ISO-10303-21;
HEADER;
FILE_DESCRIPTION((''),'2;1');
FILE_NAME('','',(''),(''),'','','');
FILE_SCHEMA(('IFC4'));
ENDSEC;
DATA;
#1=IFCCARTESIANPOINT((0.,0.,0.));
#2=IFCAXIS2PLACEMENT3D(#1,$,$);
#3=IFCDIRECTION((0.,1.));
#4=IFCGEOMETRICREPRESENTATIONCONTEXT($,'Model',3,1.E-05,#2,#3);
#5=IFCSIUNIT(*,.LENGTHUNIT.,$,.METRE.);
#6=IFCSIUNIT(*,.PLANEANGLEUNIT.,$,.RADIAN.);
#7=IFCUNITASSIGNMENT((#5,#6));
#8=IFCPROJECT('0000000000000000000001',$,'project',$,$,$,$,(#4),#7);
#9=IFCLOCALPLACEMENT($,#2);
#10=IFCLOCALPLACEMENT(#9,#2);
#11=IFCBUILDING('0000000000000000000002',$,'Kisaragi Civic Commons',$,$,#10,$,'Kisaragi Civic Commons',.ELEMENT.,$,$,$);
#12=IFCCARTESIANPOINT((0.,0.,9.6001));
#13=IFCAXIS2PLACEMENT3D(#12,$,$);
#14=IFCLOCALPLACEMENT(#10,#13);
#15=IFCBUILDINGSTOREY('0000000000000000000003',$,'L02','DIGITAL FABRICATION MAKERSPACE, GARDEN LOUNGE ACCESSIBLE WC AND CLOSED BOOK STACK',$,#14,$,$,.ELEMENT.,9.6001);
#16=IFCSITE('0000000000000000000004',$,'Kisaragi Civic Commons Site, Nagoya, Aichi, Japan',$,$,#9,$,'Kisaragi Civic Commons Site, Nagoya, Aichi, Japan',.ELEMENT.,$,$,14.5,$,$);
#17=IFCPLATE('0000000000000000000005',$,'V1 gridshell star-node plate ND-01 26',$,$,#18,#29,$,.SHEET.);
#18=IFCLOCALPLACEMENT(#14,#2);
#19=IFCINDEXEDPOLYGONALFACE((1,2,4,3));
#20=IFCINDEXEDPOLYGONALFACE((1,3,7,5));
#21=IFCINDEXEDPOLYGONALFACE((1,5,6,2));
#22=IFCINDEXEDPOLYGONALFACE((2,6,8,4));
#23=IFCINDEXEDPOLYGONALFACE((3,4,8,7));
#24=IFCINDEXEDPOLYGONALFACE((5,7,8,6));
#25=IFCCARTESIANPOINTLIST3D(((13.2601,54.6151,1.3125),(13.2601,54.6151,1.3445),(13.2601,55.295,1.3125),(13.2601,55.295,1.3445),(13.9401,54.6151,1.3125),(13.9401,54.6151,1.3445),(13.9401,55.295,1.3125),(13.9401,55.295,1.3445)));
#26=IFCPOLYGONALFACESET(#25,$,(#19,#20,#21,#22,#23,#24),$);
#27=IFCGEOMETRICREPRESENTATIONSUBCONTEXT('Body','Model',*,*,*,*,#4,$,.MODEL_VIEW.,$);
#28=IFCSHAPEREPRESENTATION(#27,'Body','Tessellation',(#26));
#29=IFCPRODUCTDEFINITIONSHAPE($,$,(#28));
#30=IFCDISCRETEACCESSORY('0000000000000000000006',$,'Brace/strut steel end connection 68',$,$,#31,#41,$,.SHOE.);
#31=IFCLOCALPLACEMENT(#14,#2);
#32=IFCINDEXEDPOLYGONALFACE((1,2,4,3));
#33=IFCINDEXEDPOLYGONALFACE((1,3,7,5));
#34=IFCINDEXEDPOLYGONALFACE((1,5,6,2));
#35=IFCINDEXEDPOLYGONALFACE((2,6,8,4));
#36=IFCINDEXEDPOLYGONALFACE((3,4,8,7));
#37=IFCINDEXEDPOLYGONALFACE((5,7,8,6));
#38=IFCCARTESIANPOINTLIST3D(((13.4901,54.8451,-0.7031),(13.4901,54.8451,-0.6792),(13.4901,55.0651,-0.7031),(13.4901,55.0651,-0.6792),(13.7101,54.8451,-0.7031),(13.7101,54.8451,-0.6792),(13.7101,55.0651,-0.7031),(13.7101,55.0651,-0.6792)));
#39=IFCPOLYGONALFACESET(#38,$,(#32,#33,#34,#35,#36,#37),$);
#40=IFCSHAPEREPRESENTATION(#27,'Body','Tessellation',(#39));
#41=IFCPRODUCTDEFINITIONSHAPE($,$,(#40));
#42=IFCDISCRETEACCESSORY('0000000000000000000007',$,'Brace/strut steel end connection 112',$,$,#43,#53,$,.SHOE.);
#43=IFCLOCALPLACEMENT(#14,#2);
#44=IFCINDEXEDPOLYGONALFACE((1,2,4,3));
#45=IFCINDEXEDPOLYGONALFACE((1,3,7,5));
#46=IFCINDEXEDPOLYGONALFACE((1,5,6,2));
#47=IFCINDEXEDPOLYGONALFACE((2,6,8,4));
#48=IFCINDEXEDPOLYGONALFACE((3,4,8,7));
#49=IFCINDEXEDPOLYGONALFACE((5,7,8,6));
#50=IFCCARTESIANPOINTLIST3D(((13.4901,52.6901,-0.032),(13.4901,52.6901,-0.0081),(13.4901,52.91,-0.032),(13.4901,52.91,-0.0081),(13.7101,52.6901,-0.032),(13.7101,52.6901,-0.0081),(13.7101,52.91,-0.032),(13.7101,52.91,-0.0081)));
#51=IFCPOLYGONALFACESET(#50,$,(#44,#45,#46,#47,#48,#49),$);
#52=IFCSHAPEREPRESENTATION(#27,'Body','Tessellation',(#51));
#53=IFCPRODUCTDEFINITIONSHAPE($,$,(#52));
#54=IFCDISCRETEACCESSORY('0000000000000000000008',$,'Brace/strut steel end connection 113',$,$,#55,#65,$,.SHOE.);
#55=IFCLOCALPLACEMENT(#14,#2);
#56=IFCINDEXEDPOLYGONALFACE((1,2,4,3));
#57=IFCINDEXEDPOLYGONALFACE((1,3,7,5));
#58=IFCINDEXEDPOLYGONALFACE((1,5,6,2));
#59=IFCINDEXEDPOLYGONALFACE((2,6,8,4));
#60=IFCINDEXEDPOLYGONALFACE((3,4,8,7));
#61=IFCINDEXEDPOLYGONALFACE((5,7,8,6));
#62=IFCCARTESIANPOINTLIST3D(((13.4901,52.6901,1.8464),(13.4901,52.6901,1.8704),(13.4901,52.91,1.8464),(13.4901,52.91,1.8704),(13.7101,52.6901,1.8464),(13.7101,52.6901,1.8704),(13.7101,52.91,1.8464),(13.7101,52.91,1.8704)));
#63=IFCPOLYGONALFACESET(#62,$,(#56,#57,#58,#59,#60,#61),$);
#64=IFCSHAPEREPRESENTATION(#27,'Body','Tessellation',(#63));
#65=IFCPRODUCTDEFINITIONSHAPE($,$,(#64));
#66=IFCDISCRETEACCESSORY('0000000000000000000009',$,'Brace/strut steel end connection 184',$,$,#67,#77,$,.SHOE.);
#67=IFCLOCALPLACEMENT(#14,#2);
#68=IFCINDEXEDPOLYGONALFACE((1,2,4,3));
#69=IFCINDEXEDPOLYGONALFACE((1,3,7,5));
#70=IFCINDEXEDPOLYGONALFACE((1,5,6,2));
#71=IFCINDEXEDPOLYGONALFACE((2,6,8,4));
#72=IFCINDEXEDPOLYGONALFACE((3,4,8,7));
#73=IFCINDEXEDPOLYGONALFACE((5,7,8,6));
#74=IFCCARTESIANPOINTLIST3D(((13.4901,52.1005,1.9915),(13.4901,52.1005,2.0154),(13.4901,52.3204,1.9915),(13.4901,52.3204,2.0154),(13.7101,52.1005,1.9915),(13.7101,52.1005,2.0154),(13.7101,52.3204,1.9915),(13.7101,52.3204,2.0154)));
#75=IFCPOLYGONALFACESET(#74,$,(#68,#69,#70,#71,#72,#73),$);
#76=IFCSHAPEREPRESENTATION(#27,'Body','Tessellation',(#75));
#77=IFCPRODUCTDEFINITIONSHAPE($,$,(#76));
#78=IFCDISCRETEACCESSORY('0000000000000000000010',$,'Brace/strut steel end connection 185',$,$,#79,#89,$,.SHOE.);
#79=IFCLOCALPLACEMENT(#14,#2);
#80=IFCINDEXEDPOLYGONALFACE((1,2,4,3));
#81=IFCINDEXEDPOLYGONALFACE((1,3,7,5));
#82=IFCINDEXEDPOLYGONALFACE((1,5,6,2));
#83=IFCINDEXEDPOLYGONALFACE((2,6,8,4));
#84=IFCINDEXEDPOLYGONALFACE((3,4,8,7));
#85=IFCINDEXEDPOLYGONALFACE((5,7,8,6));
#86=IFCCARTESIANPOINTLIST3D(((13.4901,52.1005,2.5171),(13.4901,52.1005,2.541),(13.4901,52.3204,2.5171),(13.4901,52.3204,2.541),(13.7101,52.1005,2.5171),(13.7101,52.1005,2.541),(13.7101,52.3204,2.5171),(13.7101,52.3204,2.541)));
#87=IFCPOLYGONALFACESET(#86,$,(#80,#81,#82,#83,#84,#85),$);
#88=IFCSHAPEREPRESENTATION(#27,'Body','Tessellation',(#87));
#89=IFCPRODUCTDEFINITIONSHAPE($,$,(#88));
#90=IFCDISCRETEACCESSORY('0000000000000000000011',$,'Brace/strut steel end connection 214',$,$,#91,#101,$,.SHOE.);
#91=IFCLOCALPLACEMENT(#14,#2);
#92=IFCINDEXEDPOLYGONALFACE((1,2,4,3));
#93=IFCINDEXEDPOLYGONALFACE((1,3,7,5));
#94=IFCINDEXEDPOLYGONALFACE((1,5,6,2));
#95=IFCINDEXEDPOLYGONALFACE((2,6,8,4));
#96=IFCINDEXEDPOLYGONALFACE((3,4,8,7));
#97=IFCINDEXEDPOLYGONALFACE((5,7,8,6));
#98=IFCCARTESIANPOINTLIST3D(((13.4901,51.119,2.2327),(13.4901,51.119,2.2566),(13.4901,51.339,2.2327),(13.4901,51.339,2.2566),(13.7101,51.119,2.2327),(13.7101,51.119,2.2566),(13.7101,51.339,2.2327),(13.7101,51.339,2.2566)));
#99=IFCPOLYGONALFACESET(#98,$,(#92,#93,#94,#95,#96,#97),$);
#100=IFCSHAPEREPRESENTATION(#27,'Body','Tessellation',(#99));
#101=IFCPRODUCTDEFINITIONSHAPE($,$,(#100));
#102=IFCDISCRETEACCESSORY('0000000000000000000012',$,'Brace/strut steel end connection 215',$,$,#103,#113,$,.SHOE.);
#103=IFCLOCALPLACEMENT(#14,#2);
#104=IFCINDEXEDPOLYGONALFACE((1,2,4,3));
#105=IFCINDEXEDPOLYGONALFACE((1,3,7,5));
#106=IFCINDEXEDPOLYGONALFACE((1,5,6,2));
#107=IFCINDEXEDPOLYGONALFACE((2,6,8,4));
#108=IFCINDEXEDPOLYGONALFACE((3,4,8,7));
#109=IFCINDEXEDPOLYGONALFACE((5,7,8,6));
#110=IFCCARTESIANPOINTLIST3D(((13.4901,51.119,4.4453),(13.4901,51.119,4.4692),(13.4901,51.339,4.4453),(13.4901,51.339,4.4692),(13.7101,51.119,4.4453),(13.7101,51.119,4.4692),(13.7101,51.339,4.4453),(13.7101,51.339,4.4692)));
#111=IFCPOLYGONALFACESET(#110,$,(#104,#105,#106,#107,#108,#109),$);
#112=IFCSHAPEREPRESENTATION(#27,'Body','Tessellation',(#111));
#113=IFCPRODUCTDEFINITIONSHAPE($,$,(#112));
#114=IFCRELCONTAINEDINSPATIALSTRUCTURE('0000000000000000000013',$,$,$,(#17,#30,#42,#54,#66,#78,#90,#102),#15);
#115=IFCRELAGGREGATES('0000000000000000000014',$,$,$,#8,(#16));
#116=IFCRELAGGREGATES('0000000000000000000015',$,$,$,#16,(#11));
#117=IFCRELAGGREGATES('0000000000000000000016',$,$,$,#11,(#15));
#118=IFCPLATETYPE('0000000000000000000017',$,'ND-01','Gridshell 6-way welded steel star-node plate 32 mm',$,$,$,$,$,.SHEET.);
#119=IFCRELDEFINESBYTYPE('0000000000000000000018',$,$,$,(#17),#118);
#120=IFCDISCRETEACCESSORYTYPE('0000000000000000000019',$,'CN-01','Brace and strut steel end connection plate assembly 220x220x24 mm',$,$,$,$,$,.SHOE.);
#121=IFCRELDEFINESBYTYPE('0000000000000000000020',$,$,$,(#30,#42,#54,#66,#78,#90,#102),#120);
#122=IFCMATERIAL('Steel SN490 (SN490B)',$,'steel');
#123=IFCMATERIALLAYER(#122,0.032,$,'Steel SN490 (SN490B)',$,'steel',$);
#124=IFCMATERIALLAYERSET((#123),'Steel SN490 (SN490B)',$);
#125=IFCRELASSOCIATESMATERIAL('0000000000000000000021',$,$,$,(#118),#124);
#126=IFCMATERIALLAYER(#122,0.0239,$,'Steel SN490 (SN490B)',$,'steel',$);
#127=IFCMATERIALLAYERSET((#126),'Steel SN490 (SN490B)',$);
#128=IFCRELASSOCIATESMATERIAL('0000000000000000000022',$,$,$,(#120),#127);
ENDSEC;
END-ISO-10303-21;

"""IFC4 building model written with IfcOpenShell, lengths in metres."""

from ifc_helpers import new_model, si_unit, direction, frame, origin, origin_2d, place, context, subcontext, project, spatial, rectangle, extrude, material, layer, layer_set, type_object, element, save


model = new_model("IFC4")

# Units and contexts
model_context = context("Model", 3, precision=1e-05, world=origin(), true_north=direction((0.0, 1.0)))
body_context = subcontext(model_context, "Body", "Model", "MODEL_VIEW")
ifc_project = project(units=[si_unit("LENGTHUNIT", "METRE"), si_unit("PLANEANGLEUNIT", "RADIAN")], contexts=[model_context])

# Site, building, storey
site_placement = place(None, origin())
site = spatial("IfcSite", under=ifc_project, at=site_placement, Name="Kisaragi Civic Commons Site, Nagoya, Aichi, Japan", LongName="Kisaragi Civic Commons Site, Nagoya, Aichi, Japan", CompositionType="ELEMENT", RefElevation=14.5)
building_placement = place(site_placement, origin())
building = spatial("IfcBuilding", under=site, at=building_placement, Name="Kisaragi Civic Commons", LongName="Kisaragi Civic Commons", CompositionType="ELEMENT")
storey_placement = place(building_placement, frame((0.0, 0.0, 9.6001)))
storey = spatial("IfcBuildingStorey", under=building, at=storey_placement, Name="L02", Description="DIGITAL FABRICATION MAKERSPACE, GARDEN LOUNGE ACCESSIBLE WC AND CLOSED BOOK STACK", CompositionType="ELEMENT", Elevation=9.6001)

# Shared definitions
ifc_material_1 = material(Name="Steel SN490 (SN490B)", Category="steel")

# Plate
ifc_layer_1 = layer(ifc_material_1, 0.032, Name="Steel SN490 (SN490B)", Category="steel")
ifc_layer_set_1 = layer_set([ifc_layer_1], Name="Steel SN490 (SN490B)")
plate_type_1 = type_object("IfcPlateType", Name="ND-01", Description="Gridshell 6-way welded steel star-node plate 32 mm", PredefinedType="SHEET", material=ifc_layer_set_1)
plate_1_placement = place(storey_placement, frame((13.6001, 54.9551, 1.3125), z_axis=(0.0, 0.0, 1.0), x_axis=(1.0, 0.0, 0.0)))
element("IfcPlate", 1, at=plate_1_placement, inside=storey, type_object=plate_type_1, Name="V1 gridshell star-node plate ND-01 26", PredefinedType="SHEET", context=body_context, shape_type="SweptSolid", body=[
    extrude(rectangle(XDim=0.6799, YDim=0.6799, at=origin_2d()), origin(), (0.0, 0.0, 1.0), 0.032),
])

# Discrete accessories
ifc_layer_2 = layer(ifc_material_1, 0.0239, Name="Steel SN490 (SN490B)", Category="steel")
ifc_layer_set_2 = layer_set([ifc_layer_2], Name="Steel SN490 (SN490B)")
discrete_accessory_type = type_object("IfcDiscreteAccessoryType", Name="CN-01", Description="Brace and strut steel end connection plate assembly 220x220x24 mm", PredefinedType="SHOE", material=ifc_layer_set_2)
for number, where, z_axis, x_axis, name in (
    (2, (13.6001, 54.9551, -0.7031), (0.0, 0.0, 1.0), (1.0, 0.0, 0.0), "Brace/strut steel end connection 68"),
    (3, (13.6001, 52.8, -0.032), (0.0, 0.0, 1.0), (1.0, 0.0, 0.0), "Brace/strut steel end connection 112"),
    (4, (13.6001, 52.8, 1.8464), (0.0, 0.0, 1.0), (1.0, 0.0, 0.0), "Brace/strut steel end connection 113"),
    (5, (13.6001, 52.2104, 1.9915), (0.0, 0.0, 1.0), (1.0, 0.0, 0.0), "Brace/strut steel end connection 184"),
    (6, (13.6001, 52.2104, 2.5171), (0.0, 0.0, 1.0), (1.0, 0.0, 0.0), "Brace/strut steel end connection 185"),
    (7, (13.6001, 51.229, 2.2327), (0.0, 0.0, 1.0), (1.0, 0.0, 0.0), "Brace/strut steel end connection 214"),
    (8, (13.6001, 51.229, 4.4453), (0.0, 0.0, 1.0), (1.0, 0.0, 0.0), "Brace/strut steel end connection 215"),
):
    element("IfcDiscreteAccessory", number, at=place(storey_placement, frame(where, z_axis=z_axis, x_axis=x_axis)), inside=storey, type_object=discrete_accessory_type, Name=name, PredefinedType="SHOE", context=body_context, shape_type="SweptSolid", body=[
        extrude(rectangle(XDim=0.22, YDim=0.22, at=origin_2d()), origin(), (0.0, 0.0, 1.0), 0.0239),
    ])

save(model, "model.ifc")
